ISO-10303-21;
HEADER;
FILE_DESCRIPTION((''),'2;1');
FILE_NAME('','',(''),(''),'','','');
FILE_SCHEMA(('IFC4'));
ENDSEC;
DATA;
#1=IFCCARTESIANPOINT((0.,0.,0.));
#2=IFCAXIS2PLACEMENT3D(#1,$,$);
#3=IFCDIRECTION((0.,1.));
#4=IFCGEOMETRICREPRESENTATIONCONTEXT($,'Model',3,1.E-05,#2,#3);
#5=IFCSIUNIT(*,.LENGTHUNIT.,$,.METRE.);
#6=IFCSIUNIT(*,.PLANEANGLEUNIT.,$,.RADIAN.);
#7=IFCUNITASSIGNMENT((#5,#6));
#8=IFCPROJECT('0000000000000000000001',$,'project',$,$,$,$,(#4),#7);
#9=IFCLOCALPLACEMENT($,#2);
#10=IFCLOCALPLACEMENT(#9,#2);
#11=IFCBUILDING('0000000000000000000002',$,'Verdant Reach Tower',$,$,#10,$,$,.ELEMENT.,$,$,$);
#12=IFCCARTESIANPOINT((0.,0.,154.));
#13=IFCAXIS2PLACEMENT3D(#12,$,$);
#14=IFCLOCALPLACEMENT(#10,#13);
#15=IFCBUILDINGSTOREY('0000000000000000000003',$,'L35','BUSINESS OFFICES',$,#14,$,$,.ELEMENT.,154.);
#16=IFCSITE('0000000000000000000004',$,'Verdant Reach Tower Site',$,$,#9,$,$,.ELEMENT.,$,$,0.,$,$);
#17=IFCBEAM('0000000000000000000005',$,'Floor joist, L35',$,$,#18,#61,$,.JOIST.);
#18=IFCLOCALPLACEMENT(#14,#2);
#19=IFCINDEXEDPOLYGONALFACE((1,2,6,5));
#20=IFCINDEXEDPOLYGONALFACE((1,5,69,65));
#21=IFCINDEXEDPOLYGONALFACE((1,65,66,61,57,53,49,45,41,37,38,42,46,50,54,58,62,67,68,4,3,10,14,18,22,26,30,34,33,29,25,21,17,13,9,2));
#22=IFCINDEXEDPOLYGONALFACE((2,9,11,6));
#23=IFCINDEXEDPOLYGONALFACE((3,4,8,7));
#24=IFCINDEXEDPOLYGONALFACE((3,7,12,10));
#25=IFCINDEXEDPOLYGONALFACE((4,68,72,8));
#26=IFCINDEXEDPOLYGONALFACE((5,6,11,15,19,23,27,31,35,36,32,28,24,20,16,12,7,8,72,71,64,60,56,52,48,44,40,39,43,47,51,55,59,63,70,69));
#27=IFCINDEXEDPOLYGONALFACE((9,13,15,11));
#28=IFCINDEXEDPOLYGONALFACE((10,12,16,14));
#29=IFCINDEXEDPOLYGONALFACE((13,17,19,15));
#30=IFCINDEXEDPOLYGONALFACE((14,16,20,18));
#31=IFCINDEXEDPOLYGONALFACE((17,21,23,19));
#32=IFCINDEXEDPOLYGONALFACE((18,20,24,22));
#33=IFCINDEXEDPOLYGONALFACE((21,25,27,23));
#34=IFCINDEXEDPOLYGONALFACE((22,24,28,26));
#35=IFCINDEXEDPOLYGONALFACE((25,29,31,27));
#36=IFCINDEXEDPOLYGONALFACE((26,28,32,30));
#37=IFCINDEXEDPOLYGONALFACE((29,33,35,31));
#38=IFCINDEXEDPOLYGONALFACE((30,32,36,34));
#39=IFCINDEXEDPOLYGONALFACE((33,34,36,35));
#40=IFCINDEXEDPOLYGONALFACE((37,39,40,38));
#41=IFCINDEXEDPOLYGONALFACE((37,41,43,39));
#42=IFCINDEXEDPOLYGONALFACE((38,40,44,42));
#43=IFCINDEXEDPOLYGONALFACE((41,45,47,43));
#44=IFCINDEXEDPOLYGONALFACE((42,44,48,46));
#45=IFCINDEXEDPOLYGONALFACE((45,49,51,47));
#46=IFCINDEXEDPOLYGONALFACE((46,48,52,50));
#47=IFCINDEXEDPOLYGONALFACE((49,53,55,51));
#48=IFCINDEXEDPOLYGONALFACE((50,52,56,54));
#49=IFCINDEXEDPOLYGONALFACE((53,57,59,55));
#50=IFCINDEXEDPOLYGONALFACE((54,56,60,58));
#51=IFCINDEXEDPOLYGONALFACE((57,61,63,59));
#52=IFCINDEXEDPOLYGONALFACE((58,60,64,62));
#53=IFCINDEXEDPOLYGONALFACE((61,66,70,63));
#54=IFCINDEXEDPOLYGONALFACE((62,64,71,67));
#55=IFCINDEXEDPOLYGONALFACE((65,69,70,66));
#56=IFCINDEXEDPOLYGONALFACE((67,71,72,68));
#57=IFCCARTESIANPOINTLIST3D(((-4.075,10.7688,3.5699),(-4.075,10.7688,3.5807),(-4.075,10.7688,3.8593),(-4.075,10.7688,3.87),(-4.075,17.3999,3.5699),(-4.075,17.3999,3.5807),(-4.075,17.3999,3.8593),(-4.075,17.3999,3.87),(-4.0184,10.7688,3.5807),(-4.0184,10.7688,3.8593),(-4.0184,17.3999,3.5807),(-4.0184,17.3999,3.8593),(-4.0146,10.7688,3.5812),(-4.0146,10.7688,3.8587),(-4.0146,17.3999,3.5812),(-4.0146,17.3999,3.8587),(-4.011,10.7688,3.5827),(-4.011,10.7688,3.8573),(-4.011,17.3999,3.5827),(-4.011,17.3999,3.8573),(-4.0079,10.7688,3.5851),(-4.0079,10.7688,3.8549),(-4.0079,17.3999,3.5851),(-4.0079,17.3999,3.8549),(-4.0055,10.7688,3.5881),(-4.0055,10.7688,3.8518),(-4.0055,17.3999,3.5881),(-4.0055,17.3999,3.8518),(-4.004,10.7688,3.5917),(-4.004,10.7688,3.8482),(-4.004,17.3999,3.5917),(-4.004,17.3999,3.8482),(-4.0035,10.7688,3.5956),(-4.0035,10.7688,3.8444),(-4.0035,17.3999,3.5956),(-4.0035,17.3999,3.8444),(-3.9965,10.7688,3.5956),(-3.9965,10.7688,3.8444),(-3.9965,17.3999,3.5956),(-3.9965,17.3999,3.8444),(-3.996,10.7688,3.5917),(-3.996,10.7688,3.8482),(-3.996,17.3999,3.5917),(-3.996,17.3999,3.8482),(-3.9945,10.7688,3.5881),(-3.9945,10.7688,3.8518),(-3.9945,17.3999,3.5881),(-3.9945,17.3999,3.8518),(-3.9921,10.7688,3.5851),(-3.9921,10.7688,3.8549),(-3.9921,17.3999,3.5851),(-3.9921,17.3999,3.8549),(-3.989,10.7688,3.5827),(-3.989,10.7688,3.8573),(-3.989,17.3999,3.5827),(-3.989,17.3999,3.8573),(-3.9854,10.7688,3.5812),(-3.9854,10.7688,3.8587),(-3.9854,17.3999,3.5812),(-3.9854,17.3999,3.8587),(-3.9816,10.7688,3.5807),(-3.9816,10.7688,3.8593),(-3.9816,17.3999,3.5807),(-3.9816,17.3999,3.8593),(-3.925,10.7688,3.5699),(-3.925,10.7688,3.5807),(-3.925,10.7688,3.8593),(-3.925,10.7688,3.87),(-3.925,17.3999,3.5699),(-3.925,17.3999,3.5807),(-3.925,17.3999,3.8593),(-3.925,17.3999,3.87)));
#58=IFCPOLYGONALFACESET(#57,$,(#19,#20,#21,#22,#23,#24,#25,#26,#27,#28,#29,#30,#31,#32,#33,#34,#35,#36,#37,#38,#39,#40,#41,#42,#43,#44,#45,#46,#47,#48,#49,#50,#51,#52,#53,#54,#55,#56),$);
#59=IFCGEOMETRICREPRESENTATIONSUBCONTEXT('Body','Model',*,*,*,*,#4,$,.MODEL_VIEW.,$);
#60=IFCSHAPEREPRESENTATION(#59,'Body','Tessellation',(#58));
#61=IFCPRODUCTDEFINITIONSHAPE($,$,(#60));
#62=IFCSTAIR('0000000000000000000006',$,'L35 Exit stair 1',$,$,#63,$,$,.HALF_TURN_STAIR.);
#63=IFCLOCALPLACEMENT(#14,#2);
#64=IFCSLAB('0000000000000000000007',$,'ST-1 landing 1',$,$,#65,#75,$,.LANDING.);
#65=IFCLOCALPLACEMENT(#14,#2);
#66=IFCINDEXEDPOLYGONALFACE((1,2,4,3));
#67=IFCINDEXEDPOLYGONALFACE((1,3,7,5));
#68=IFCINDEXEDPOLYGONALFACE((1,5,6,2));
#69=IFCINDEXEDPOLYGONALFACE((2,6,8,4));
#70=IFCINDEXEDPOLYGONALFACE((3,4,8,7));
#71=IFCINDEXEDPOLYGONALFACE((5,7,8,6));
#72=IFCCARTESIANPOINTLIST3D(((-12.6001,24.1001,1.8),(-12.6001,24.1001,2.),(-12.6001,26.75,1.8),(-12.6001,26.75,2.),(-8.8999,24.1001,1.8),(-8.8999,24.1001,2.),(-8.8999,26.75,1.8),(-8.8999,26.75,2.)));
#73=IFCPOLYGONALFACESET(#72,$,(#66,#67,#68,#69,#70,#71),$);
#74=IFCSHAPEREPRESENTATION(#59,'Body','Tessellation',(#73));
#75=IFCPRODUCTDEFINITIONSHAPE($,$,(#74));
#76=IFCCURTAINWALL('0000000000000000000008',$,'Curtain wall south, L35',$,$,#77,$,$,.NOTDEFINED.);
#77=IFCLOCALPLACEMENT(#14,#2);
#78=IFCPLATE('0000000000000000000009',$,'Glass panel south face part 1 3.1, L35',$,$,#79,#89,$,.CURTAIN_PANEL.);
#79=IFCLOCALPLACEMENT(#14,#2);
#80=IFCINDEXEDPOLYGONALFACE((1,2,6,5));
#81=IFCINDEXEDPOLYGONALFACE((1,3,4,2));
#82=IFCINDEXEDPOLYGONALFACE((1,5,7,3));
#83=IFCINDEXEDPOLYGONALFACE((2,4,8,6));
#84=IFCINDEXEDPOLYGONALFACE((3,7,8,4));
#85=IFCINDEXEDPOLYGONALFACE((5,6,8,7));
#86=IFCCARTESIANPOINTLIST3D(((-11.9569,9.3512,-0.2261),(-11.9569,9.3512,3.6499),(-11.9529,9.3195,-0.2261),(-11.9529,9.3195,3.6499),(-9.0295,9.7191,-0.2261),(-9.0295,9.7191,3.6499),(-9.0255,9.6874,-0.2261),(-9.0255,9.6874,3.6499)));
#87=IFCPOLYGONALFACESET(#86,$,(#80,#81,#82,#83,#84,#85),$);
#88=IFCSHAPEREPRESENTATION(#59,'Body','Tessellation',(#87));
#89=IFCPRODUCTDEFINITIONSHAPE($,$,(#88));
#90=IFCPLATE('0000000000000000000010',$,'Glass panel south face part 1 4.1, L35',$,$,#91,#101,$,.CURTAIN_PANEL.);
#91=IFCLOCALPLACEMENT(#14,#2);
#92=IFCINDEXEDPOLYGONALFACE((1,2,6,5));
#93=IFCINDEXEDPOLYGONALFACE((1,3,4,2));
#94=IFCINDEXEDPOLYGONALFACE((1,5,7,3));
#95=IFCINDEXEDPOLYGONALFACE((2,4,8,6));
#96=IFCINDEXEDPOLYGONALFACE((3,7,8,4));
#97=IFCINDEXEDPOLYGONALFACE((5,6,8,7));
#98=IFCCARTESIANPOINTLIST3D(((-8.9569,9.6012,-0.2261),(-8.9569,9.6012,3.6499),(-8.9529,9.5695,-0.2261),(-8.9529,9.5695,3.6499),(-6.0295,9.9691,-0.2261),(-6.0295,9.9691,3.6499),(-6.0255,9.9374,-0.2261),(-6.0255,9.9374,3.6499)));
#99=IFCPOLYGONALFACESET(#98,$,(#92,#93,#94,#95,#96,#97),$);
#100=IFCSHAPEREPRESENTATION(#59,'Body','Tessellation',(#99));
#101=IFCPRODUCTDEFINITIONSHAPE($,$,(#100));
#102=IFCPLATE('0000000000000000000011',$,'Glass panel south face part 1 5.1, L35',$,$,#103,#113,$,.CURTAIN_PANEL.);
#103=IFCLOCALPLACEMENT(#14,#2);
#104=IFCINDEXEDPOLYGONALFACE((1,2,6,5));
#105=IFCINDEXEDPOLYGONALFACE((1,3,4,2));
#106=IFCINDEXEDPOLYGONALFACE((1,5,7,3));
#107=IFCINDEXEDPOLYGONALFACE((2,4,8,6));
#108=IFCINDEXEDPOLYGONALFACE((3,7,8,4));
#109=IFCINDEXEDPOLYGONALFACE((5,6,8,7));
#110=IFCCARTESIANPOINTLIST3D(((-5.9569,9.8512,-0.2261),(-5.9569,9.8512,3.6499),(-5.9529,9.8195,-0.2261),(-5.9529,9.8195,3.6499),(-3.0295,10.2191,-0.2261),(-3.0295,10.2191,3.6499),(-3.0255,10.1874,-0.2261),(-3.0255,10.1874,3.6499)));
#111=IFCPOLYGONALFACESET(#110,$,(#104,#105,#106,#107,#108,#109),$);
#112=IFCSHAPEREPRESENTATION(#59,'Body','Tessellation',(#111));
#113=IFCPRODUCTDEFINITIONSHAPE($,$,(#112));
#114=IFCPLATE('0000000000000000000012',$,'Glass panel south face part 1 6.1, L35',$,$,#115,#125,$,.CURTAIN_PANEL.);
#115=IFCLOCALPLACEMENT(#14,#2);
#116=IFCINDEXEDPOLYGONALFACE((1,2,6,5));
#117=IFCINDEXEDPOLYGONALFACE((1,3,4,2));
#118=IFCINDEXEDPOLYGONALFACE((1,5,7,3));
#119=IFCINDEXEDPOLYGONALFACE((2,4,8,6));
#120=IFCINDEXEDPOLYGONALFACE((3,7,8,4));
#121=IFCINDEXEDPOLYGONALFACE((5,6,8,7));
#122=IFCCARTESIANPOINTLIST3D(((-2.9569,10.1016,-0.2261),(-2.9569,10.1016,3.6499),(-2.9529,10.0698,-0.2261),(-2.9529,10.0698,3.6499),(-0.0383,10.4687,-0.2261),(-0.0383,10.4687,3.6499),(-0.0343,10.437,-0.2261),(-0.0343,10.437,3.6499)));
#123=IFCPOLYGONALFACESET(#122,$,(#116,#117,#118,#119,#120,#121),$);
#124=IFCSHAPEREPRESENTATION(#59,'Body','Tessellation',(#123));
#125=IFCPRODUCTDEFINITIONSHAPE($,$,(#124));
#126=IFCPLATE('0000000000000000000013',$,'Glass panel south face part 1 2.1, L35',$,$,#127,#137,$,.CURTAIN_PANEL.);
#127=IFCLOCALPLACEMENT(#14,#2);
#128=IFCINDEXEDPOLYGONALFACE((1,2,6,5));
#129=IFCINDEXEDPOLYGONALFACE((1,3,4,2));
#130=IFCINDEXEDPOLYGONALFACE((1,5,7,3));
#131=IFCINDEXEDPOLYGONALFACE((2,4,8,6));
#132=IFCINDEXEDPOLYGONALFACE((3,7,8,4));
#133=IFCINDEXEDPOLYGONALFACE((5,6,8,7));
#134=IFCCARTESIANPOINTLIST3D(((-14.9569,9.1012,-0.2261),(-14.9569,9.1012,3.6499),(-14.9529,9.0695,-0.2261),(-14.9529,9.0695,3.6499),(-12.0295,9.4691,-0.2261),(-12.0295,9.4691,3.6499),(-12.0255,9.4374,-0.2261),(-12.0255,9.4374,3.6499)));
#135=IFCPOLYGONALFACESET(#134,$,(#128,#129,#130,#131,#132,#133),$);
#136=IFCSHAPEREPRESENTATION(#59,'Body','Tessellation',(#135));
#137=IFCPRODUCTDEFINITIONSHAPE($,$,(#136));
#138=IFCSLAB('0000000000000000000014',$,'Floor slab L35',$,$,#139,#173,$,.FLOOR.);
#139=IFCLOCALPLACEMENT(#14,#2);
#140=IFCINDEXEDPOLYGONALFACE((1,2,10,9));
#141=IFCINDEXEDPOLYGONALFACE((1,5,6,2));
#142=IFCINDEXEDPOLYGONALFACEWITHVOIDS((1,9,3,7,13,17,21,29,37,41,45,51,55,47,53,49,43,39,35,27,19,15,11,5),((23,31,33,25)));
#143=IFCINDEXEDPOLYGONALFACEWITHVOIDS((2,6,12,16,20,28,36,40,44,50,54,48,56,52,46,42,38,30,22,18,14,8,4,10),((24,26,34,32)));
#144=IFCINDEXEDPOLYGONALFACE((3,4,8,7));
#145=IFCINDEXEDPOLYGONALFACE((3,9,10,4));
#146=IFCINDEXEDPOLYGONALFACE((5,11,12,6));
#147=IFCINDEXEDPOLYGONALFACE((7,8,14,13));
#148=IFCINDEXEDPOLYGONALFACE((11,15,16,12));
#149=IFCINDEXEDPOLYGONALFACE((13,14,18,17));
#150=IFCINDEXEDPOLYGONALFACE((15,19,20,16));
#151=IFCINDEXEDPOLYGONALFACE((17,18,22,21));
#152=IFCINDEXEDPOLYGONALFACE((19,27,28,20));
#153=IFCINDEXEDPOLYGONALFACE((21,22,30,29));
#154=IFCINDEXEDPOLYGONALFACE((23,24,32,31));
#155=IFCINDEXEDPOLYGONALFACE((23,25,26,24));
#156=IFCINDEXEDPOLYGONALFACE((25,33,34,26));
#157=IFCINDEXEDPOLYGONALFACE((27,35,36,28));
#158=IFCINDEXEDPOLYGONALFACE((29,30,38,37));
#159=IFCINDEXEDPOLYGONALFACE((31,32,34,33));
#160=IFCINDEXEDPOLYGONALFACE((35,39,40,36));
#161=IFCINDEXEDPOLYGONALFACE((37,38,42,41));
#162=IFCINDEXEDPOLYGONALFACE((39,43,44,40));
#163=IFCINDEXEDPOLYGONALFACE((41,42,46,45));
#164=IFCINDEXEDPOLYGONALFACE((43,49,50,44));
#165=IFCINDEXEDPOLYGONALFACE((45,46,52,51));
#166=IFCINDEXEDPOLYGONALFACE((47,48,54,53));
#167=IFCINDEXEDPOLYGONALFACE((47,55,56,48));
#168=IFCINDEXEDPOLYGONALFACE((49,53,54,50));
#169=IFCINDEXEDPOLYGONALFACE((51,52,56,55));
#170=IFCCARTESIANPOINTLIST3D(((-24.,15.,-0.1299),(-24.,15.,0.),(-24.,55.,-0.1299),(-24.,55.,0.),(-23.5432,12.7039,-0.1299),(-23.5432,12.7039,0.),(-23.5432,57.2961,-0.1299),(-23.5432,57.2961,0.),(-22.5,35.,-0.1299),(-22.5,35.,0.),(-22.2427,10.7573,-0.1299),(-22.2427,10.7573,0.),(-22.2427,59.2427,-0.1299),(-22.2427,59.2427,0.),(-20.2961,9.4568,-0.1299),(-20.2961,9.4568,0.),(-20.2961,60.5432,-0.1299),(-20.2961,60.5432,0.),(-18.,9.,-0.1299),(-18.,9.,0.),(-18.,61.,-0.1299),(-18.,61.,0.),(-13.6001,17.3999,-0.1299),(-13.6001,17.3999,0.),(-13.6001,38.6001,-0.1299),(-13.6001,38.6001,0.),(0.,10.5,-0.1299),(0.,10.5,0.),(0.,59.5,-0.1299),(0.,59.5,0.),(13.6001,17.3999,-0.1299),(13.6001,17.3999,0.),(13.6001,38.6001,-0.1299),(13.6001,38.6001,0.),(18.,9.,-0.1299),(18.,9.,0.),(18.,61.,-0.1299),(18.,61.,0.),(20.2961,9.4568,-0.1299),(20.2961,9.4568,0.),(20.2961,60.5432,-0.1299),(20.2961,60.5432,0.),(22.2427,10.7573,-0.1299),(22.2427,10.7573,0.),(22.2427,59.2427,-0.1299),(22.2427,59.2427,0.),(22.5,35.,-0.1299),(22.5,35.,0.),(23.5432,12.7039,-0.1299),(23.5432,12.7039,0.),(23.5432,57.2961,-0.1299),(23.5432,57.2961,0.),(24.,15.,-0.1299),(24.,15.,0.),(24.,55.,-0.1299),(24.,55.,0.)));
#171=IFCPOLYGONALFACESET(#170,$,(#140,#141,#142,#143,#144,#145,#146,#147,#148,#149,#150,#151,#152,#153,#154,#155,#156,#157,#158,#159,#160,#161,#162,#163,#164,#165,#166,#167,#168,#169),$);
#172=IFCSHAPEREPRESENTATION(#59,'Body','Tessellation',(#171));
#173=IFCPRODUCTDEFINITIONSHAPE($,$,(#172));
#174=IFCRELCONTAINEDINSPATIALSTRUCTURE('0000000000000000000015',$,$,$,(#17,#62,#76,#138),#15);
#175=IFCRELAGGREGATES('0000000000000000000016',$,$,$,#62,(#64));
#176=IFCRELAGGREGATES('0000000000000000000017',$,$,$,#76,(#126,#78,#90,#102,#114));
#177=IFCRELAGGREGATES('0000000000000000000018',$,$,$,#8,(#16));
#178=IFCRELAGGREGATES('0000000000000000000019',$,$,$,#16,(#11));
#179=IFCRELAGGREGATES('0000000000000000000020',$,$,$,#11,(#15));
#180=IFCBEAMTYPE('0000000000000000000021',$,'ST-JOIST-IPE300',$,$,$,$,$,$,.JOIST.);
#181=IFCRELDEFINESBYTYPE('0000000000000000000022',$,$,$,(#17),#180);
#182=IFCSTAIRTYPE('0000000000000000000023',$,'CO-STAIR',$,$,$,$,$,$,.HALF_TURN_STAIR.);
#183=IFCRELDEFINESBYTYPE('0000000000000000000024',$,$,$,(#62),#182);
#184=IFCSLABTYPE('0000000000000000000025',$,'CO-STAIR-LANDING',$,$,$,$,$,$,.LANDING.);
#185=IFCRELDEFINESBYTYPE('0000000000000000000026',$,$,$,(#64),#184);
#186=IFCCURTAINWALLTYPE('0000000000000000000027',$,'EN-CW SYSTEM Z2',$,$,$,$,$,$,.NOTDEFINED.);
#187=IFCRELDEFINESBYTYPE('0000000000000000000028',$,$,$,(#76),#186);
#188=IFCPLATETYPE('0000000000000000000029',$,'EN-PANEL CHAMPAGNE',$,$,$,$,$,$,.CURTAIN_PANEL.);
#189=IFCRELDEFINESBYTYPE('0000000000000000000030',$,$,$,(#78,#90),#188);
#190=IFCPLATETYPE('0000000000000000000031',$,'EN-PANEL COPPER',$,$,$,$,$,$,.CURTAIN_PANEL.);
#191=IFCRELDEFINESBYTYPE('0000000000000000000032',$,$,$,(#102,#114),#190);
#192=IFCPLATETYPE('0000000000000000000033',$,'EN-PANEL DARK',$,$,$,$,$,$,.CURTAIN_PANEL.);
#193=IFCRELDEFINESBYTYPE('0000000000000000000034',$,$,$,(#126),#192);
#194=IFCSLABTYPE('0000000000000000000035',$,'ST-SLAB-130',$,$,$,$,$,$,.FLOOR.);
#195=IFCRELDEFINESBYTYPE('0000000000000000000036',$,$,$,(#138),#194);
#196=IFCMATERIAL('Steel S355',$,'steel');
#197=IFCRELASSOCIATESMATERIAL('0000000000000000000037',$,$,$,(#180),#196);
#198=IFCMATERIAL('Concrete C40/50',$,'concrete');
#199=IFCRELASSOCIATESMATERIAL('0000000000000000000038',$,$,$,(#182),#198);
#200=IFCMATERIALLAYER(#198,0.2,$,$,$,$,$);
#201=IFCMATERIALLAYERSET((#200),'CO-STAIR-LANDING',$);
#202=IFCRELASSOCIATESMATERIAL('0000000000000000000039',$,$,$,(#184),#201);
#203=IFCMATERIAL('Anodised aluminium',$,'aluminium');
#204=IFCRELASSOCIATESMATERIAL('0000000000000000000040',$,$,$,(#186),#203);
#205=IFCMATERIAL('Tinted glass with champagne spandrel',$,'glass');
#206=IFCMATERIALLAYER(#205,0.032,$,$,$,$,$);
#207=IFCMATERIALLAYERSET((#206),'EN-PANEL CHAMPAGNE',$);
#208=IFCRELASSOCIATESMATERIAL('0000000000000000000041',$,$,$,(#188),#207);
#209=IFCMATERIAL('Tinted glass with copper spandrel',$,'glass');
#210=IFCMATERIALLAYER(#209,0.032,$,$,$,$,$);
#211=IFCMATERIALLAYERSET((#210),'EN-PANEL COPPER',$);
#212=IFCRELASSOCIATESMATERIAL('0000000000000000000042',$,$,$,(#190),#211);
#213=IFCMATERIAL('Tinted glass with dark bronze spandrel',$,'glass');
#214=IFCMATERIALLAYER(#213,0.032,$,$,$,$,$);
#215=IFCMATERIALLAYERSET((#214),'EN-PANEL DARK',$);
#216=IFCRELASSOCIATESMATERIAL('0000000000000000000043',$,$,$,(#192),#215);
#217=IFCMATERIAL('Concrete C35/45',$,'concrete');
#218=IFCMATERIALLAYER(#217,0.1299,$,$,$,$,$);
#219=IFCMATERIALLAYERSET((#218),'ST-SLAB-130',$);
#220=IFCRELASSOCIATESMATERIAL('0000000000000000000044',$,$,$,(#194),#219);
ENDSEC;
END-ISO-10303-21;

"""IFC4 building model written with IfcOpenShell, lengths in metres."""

from ifc_helpers import new_model, si_unit, direction, frame, origin, origin_2d, place, context, subcontext, project, spatial, polyline, rectangle, i_section, outline, extrude, material, layer, layer_set, material_profile, profile_set, type_object, element, aggregate, save


model = new_model("IFC4")

# Units and contexts
model_context = context("Model", 3, precision=1e-05, world=origin(), true_north=direction((0.0, 1.0)))
body_context = subcontext(model_context, "Body", "Model", "MODEL_VIEW")
ifc_project = project(units=[si_unit("LENGTHUNIT", "METRE"), si_unit("PLANEANGLEUNIT", "RADIAN")], contexts=[model_context])

# Site, building, storey
site_placement = place(None, origin())
site = spatial("IfcSite", under=ifc_project, at=site_placement, Name="Verdant Reach Tower Site", CompositionType="ELEMENT", RefElevation=0.0)
building_placement = place(site_placement, origin())
building = spatial("IfcBuilding", under=site, at=building_placement, Name="Verdant Reach Tower", CompositionType="ELEMENT")
storey_placement = place(building_placement, frame((0.0, 0.0, 154.0)))
storey = spatial("IfcBuildingStorey", under=building, at=storey_placement, Name="L35", Description="BUSINESS OFFICES", CompositionType="ELEMENT", Elevation=154.0)

# Beam
ifc_material_1 = material(Name="Steel S355", Category="steel")
ifc_material_profile_1 = material_profile(ifc_material_1, i_section(OverallWidth=0.1499, OverallDepth=0.3, WebThickness=0.0071, FlangeThickness=0.0107, FilletRadius=0.0149, at=origin_2d()), Name="IPE 300")
ifc_profile_set_1 = profile_set([ifc_material_profile_1], Name="Steel S355")
beam_type_1 = type_object("IfcBeamType", Name="ST-JOIST-IPE300", PredefinedType="JOIST", material=ifc_profile_set_1)
beam_1_placement = place(storey_placement, frame((-4.0, 17.3999, 3.72), z_axis=(0.0, -1.0, 0.0), x_axis=(1.0, 0.0, 0.0)))
element("IfcBeam", 1, at=beam_1_placement, inside=storey, type_object=beam_type_1, Name="Floor joist, L35", PredefinedType="JOIST", context=body_context, shape_type="SweptSolid", body=[
    extrude(i_section(OverallWidth=0.1499, OverallDepth=0.3, WebThickness=0.0071, FlangeThickness=0.0107, FilletRadius=0.0149, at=origin_2d()), origin(), (0.0, 0.0, 1.0), 6.6311),
])

# Stair, slab
ifc_material_2 = material(Name="Concrete C40/50", Category="concrete")
stair_type = type_object("IfcStairType", Name="CO-STAIR", PredefinedType="HALF_TURN_STAIR", material=ifc_material_2)
stair_placement = place(storey_placement, origin())
stair = element("IfcStair", 2, at=stair_placement, inside=storey, type_object=stair_type, Name="L35 Exit stair 1", PredefinedType="HALF_TURN_STAIR")
ifc_layer_1 = layer(ifc_material_2, 0.2)
ifc_layer_set_1 = layer_set([ifc_layer_1], Name="CO-STAIR-LANDING")
slab_type_1 = type_object("IfcSlabType", Name="CO-STAIR-LANDING", PredefinedType="LANDING", material=ifc_layer_set_1)
slab_1_placement = place(storey_placement, frame((0.0, 0.0, 1.8)))
slab_1 = element("IfcSlab", 3, at=slab_1_placement, type_object=slab_type_1, Name="ST-1 landing 1", PredefinedType="LANDING", context=body_context, shape_type="SweptSolid", body=[
    extrude(outline(polyline([(-12.6001, 26.75), (-12.6001, 24.1001), (-8.8999, 24.1001), (-8.8999, 26.75), (-12.6001, 26.75)])), origin(), (0.0, 0.0, 1.0), 0.2),
])
aggregate(stair, [slab_1])

# Curtain wall, plates
ifc_material_3 = material(Name="Anodised aluminium", Category="aluminium")
curtain_wall_type = type_object("IfcCurtainWallType", Name="EN-CW SYSTEM Z2", PredefinedType="NOTDEFINED", material=ifc_material_3)
curtain_wall_placement = place(storey_placement, origin())
curtain_wall = element("IfcCurtainWall", 4, at=curtain_wall_placement, inside=storey, type_object=curtain_wall_type, Name="Curtain wall south, L35", PredefinedType="NOTDEFINED")
ifc_material_4 = material(Name="Tinted glass with champagne spandrel", Category="glass")
ifc_layer_2 = layer(ifc_material_4, 0.032)
ifc_layer_set_2 = layer_set([ifc_layer_2], Name="EN-PANEL CHAMPAGNE")
plate_type_1 = type_object("IfcPlateType", Name="EN-PANEL CHAMPAGNE", PredefinedType="CURTAIN_PANEL", material=ifc_layer_set_2)
plate_1_placement = place(storey_placement, frame((-10.4912, 9.5193, -0.2261), z_axis=(0.0, 0.0, 1.0), x_axis=(0.992194, 0.124704, 0.0)))
plate_1 = element("IfcPlate", 5, at=plate_1_placement, type_object=plate_type_1, Name="Glass panel south face part 1 3.1, L35", PredefinedType="CURTAIN_PANEL", context=body_context, shape_type="SweptSolid", body=[
    extrude(rectangle(XDim=2.9504, YDim=0.032, at=origin_2d()), origin(), (0.0, 0.0, 1.0), 3.876),
])
plate_2_placement = place(storey_placement, frame((-7.4912, 9.7693, -0.2261), z_axis=(0.0, 0.0, 1.0), x_axis=(0.992194, 0.124704, 0.0)))
plate_2 = element("IfcPlate", 6, at=plate_2_placement, type_object=plate_type_1, Name="Glass panel south face part 1 4.1, L35", PredefinedType="CURTAIN_PANEL", context=body_context, shape_type="SweptSolid", body=[
    extrude(rectangle(XDim=2.9504, YDim=0.032, at=origin_2d()), origin(), (0.0, 0.0, 1.0), 3.876),
])
ifc_material_5 = material(Name="Tinted glass with copper spandrel", Category="glass")
ifc_layer_3 = layer(ifc_material_5, 0.032)
ifc_layer_set_3 = layer_set([ifc_layer_3], Name="EN-PANEL COPPER")
plate_type_2 = type_object("IfcPlateType", Name="EN-PANEL COPPER", PredefinedType="CURTAIN_PANEL", material=ifc_layer_set_3)
plate_3_placement = place(storey_placement, frame((-4.4912, 10.0193, -0.2261), z_axis=(0.0, 0.0, 1.0), x_axis=(0.992194, 0.124704, 0.0)))
plate_3 = element("IfcPlate", 7, at=plate_3_placement, type_object=plate_type_2, Name="Glass panel south face part 1 5.1, L35", PredefinedType="CURTAIN_PANEL", context=body_context, shape_type="SweptSolid", body=[
    extrude(rectangle(XDim=2.9504, YDim=0.032, at=origin_2d()), origin(), (0.0, 0.0, 1.0), 3.876),
])
plate_4_placement = place(storey_placement, frame((-1.4956, 10.2693, -0.2261), z_axis=(0.0, 0.0, 1.0), x_axis=(0.992179, 0.124825, 0.0)))
plate_4 = element("IfcPlate", 8, at=plate_4_placement, type_object=plate_type_2, Name="Glass panel south face part 1 6.1, L35", PredefinedType="CURTAIN_PANEL", context=body_context, shape_type="SweptSolid", body=[
    extrude(rectangle(XDim=2.9417, YDim=0.032, at=origin_2d()), origin(), (0.0, 0.0, 1.0), 3.876),
])
ifc_material_6 = material(Name="Tinted glass with dark bronze spandrel", Category="glass")
ifc_layer_4 = layer(ifc_material_6, 0.032)
ifc_layer_set_4 = layer_set([ifc_layer_4], Name="EN-PANEL DARK")
plate_type_3 = type_object("IfcPlateType", Name="EN-PANEL DARK", PredefinedType="CURTAIN_PANEL", material=ifc_layer_set_4)
plate_5_placement = place(storey_placement, frame((-13.4912, 9.2693, -0.2261), z_axis=(0.0, 0.0, 1.0), x_axis=(0.992194, 0.124704, 0.0)))
plate_5 = element("IfcPlate", 9, at=plate_5_placement, type_object=plate_type_3, Name="Glass panel south face part 1 2.1, L35", PredefinedType="CURTAIN_PANEL", context=body_context, shape_type="SweptSolid", body=[
    extrude(rectangle(XDim=2.9504, YDim=0.032, at=origin_2d()), origin(), (0.0, 0.0, 1.0), 3.876),
])
aggregate(curtain_wall, [plate_5, plate_1, plate_2, plate_3, plate_4])

# Slab
ifc_material_7 = material(Name="Concrete C35/45", Category="concrete")
ifc_layer_5 = layer(ifc_material_7, 0.1299)
ifc_layer_set_5 = layer_set([ifc_layer_5], Name="ST-SLAB-130")
slab_type_2 = type_object("IfcSlabType", Name="ST-SLAB-130", PredefinedType="FLOOR", material=ifc_layer_set_5)
slab_2_placement = place(storey_placement, frame((0.0, 0.0, -0.1299)))
element("IfcSlab", 10, at=slab_2_placement, inside=storey, type_object=slab_type_2, Name="Floor slab L35", PredefinedType="FLOOR", context=body_context, shape_type="SweptSolid", body=[
    extrude(outline(polyline([(0.0, 10.5), (-18.0, 9.0), (-20.2961, 9.4568), (-22.2427, 10.7573), (-23.5432, 12.7039), (-24.0, 15.0), (-22.5, 35.0), (-24.0, 55.0), (-23.5432, 57.2961), (-22.2427, 59.2427), (-20.2961, 60.5432), (-18.0, 61.0), (0.0, 59.5), (18.0, 61.0), (20.2961, 60.5432), (22.2427, 59.2427), (23.5432, 57.2961), (24.0, 55.0), (22.5, 35.0), (24.0, 15.0), (23.5432, 12.7039), (22.2427, 10.7573), (20.2961, 9.4568), (18.0, 9.0), (0.0, 10.5)]), holes=[polyline([(13.6001, 38.6001), (-13.6001, 38.6001), (-13.6001, 17.3999), (13.6001, 17.3999), (13.6001, 38.6001)])]), origin(), (0.0, 0.0, 1.0), 0.1299),
])

save(model, "model.ifc")
